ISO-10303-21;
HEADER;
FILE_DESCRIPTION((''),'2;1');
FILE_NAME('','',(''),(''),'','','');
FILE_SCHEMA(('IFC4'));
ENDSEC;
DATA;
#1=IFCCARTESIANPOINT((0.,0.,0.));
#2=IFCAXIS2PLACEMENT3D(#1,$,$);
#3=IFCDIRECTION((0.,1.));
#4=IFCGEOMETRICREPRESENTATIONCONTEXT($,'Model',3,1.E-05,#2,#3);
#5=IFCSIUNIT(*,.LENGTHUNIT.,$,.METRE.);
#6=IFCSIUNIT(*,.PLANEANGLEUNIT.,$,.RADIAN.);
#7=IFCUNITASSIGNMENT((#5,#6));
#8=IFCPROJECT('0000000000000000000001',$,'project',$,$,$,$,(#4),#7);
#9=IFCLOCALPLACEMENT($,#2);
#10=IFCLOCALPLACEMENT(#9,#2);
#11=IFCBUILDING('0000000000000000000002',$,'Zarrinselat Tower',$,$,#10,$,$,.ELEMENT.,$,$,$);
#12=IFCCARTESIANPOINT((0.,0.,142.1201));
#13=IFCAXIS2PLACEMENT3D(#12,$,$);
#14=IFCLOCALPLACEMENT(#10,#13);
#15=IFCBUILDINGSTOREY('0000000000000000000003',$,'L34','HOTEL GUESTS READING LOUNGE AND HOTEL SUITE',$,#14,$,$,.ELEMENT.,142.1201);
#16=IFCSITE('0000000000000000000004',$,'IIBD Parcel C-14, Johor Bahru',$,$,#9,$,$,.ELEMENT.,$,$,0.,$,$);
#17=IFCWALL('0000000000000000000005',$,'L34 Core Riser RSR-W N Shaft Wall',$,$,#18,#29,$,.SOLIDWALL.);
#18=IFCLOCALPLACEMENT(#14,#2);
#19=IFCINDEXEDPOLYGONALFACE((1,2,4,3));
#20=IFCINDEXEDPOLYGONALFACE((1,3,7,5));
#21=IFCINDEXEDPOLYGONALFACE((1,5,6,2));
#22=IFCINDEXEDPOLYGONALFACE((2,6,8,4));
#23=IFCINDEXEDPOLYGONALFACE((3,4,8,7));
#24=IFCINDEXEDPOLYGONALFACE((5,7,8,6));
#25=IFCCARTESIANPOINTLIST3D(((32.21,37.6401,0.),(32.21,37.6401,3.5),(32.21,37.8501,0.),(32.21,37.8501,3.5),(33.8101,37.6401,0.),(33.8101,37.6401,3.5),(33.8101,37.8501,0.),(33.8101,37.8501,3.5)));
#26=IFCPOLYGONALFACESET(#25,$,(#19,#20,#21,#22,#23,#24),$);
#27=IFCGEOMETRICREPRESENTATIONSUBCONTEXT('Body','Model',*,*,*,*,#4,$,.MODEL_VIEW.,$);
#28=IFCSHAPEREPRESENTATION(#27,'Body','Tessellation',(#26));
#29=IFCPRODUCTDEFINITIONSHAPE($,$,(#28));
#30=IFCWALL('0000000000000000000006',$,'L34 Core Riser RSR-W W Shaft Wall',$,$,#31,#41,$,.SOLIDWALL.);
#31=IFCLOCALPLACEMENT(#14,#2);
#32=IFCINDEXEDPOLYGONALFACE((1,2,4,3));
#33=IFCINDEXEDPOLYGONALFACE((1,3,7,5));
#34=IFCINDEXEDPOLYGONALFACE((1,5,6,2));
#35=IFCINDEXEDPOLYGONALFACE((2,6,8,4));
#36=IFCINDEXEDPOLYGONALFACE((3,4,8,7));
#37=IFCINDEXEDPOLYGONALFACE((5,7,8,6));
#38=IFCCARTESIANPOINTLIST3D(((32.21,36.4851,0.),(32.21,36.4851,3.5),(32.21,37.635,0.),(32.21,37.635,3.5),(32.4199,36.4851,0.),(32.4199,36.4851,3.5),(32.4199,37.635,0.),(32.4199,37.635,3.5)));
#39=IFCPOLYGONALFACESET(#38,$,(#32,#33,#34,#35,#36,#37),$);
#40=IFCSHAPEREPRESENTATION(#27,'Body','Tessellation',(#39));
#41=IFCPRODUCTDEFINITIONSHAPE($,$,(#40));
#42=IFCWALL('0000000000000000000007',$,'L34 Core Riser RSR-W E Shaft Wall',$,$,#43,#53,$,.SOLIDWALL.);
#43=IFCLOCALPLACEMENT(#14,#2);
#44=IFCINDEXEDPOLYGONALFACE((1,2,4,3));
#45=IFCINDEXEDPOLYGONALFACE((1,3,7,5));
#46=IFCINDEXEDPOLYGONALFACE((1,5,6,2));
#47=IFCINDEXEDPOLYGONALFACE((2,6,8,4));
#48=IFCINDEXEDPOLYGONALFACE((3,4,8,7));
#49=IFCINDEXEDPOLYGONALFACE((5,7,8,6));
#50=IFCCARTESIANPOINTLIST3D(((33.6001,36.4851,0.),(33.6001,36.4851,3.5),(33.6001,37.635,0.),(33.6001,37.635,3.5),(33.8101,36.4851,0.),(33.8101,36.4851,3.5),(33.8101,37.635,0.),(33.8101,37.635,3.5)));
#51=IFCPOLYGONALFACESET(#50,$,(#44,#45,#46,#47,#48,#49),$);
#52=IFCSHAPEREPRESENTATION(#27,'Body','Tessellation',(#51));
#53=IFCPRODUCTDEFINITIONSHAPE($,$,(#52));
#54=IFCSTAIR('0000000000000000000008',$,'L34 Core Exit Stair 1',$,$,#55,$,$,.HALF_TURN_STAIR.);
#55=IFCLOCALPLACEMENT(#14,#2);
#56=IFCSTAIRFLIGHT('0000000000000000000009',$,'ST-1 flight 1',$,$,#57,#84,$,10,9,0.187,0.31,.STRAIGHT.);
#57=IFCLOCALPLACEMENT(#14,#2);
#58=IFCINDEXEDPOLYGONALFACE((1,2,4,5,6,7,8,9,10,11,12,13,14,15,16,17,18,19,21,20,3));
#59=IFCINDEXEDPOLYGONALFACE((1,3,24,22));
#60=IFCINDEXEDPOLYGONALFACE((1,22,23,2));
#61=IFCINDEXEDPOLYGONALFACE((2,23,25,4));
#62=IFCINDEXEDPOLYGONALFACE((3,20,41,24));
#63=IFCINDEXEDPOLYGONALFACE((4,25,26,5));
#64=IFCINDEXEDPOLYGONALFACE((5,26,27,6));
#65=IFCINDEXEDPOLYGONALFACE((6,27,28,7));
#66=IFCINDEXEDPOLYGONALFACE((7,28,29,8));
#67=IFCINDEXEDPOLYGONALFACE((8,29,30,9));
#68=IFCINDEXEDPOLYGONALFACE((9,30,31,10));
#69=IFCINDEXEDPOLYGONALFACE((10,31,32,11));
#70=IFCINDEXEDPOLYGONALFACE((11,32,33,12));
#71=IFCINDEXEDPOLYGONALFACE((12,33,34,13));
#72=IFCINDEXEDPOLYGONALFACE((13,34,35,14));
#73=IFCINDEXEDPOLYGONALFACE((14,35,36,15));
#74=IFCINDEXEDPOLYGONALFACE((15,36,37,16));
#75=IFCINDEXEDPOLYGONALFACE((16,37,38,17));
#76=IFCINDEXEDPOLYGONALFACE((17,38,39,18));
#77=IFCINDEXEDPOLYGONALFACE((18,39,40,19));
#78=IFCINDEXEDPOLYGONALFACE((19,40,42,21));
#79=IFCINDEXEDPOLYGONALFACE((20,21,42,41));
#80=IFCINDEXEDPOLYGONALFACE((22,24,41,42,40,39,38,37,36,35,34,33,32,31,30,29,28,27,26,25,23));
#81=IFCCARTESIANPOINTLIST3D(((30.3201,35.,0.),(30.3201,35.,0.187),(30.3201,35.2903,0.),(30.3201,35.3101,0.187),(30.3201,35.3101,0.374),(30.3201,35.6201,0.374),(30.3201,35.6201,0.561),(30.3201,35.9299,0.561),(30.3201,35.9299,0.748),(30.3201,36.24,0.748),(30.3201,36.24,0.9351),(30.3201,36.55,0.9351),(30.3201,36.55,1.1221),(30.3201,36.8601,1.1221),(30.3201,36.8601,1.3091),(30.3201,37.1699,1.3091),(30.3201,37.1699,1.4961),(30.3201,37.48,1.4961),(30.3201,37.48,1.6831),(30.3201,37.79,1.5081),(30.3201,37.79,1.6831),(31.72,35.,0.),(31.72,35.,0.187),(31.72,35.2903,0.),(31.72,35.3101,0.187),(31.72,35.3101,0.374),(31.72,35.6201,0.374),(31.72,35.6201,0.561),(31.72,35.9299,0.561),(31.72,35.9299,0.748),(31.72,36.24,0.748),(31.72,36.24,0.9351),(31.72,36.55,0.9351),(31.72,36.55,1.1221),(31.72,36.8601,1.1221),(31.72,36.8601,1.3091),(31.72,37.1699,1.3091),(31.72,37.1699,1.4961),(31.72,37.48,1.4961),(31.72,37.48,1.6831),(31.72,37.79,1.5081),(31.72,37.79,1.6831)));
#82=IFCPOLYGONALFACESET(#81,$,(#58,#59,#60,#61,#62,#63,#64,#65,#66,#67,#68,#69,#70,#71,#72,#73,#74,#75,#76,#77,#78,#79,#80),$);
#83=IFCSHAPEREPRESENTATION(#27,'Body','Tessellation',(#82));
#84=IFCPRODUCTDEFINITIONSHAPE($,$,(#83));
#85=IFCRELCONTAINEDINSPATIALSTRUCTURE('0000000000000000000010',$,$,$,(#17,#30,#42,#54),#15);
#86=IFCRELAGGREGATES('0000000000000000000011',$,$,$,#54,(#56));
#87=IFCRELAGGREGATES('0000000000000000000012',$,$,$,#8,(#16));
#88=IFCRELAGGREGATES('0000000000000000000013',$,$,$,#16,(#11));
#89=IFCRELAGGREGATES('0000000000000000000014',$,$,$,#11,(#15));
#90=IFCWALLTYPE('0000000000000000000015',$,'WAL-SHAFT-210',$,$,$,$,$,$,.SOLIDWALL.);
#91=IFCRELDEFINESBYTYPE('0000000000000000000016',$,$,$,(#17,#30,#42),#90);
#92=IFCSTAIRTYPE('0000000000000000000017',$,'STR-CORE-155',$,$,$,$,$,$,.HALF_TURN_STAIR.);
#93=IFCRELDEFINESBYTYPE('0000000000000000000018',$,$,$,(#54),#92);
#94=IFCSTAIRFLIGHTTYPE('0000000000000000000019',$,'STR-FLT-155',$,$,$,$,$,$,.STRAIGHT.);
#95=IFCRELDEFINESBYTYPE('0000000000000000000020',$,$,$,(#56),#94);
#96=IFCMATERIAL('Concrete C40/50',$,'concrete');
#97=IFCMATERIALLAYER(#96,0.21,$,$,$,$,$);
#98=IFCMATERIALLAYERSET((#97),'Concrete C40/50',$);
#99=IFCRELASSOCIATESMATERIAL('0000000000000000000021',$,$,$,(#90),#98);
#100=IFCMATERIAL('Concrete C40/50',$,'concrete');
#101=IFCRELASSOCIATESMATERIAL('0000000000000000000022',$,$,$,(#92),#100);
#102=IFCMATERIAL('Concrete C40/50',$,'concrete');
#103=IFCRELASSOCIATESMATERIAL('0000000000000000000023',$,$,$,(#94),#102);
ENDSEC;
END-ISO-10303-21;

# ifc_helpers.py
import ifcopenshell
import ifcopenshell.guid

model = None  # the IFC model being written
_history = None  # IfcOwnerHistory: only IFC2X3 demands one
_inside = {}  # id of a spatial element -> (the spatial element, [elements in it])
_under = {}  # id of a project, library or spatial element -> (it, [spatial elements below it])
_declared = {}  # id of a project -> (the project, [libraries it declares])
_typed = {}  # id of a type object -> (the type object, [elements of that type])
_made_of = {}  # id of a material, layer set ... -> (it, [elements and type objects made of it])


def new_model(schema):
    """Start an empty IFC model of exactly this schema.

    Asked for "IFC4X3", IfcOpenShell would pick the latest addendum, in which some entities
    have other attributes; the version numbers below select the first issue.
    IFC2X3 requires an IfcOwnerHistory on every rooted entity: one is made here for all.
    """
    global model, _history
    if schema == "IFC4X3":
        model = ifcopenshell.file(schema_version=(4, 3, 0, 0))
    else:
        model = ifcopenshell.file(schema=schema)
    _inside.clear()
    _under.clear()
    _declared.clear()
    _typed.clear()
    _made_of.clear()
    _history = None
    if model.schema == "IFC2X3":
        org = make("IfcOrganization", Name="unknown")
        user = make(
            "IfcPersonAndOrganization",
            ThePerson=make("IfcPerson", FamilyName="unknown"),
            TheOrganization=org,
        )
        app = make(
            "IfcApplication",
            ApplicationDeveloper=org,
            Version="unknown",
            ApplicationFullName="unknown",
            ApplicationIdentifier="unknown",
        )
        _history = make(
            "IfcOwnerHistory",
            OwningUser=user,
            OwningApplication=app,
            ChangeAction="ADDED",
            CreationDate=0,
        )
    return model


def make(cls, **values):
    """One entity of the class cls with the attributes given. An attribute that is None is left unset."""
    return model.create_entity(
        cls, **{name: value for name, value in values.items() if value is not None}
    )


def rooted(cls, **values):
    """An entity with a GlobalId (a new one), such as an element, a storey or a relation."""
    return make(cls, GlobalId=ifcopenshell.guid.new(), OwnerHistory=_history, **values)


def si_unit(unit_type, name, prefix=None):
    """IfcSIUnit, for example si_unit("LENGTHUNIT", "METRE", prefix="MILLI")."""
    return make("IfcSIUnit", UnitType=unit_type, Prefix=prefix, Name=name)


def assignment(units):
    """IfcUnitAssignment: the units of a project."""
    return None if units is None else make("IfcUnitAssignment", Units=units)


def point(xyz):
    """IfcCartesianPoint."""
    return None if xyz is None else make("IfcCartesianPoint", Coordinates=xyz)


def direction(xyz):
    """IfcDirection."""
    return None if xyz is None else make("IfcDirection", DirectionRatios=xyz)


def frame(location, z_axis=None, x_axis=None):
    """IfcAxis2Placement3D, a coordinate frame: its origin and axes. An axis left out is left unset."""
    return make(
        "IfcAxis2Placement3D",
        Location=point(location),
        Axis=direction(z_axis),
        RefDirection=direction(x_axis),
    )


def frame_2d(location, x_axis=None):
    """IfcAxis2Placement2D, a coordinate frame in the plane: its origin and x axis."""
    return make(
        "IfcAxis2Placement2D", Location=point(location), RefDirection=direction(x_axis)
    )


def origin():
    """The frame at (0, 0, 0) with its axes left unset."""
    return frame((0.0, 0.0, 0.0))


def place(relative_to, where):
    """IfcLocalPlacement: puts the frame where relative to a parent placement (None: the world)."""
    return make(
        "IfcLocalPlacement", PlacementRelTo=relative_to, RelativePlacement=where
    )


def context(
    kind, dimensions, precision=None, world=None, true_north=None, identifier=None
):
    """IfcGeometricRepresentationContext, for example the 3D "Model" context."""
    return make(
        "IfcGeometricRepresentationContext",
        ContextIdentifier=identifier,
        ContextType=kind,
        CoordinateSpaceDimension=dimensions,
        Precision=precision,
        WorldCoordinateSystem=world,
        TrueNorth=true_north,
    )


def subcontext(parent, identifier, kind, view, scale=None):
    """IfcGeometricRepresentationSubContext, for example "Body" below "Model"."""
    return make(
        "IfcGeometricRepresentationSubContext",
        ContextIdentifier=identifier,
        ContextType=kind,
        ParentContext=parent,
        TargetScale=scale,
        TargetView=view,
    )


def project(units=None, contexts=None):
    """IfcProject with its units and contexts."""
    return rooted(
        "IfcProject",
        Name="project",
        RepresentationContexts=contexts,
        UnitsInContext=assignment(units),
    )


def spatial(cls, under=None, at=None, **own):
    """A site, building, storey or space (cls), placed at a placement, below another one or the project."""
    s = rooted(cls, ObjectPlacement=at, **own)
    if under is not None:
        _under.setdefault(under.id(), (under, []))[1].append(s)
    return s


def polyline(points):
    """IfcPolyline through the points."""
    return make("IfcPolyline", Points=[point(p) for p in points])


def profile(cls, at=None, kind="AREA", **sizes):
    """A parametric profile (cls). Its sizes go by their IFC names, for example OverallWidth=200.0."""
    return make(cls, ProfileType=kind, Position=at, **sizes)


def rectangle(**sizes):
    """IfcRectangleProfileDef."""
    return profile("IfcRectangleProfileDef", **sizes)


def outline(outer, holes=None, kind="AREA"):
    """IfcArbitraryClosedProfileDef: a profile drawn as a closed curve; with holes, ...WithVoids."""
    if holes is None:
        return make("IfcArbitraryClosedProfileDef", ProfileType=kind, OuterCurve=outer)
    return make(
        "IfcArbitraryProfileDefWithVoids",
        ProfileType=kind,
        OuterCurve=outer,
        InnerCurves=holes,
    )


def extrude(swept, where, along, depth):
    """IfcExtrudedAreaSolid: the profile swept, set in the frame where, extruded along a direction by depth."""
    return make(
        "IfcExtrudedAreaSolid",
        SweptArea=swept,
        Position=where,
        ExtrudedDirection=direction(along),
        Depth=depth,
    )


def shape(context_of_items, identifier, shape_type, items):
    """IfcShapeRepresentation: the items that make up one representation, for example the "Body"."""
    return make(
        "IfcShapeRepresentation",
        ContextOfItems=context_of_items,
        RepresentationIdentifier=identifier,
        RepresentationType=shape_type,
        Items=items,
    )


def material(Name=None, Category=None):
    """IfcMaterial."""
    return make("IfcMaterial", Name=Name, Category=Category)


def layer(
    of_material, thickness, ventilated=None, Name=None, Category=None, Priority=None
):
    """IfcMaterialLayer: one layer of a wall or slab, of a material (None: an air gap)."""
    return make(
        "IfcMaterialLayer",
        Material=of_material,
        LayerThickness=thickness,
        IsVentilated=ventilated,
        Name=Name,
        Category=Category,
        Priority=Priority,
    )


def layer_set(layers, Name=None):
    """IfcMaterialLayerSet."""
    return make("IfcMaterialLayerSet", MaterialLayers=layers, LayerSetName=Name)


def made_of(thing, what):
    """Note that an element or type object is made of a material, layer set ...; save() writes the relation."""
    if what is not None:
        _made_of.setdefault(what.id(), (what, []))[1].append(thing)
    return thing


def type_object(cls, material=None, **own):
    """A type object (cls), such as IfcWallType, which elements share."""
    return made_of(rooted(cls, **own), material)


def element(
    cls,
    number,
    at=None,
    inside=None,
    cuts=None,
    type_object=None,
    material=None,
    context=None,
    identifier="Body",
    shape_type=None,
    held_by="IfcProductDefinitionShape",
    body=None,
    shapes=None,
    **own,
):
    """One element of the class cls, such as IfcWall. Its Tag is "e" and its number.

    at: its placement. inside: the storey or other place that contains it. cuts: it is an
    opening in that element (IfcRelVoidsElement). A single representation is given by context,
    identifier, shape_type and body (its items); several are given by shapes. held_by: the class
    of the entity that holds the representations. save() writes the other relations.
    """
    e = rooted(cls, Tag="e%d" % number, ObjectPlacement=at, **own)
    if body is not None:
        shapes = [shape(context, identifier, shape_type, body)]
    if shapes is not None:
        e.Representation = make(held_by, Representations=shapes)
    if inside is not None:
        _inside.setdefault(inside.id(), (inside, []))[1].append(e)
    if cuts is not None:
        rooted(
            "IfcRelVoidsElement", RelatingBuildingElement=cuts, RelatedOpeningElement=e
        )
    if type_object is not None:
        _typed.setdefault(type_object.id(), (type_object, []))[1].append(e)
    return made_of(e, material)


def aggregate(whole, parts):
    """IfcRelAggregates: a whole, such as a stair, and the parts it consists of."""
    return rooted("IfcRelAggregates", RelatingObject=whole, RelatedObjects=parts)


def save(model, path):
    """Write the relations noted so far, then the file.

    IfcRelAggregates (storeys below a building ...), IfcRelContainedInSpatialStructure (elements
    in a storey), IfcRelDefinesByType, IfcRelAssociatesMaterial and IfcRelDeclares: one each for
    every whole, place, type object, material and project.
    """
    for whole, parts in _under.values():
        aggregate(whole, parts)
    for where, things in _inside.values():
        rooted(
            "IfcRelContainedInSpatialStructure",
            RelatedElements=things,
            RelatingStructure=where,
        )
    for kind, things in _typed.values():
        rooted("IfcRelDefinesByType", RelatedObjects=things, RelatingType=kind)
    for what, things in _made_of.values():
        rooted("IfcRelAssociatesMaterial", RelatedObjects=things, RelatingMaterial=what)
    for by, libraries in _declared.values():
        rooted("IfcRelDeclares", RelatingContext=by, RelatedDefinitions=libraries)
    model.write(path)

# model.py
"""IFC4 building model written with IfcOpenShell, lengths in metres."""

from ifc_helpers import new_model, si_unit, direction, frame, frame_2d, origin, place, context, subcontext, project, spatial, polyline, rectangle, outline, extrude, material, layer, layer_set, type_object, element, aggregate, save


model = new_model("IFC4")

# Units and contexts
model_context = context("Model", 3, precision=1e-05, world=origin(), true_north=direction((0.0, 1.0)))
body_context = subcontext(model_context, "Body", "Model", "MODEL_VIEW")
ifc_project = project(units=[si_unit("LENGTHUNIT", "METRE"), si_unit("PLANEANGLEUNIT", "RADIAN")], contexts=[model_context])

# Site, building, storey
site_placement = place(None, origin())
site = spatial("IfcSite", under=ifc_project, at=site_placement, Name="IIBD Parcel C-14, Johor Bahru", CompositionType="ELEMENT", RefElevation=0.0)
building_placement = place(site_placement, origin())
building = spatial("IfcBuilding", under=site, at=building_placement, Name="Zarrinselat Tower", CompositionType="ELEMENT")
storey_placement = place(building_placement, frame((0.0, 0.0, 142.1201)))
storey = spatial("IfcBuildingStorey", under=building, at=storey_placement, Name="L34", Description="HOTEL GUESTS READING LOUNGE AND HOTEL SUITE", CompositionType="ELEMENT", Elevation=142.1201)

# Shared definitions
ifc_material_1 = material(Name="Concrete C40/50", Category="concrete")
ifc_layer_1 = layer(ifc_material_1, 0.21)
ifc_layer_set_1 = layer_set([ifc_layer_1], Name="Concrete C40/50")
wall_type_1 = type_object("IfcWallType", Name="WAL-SHAFT-210", PredefinedType="SOLIDWALL", material=ifc_layer_set_1)

# Walls
for number, where, z_axis, x_axis, name in (
    (1, (32.21, 37.7451, 0.0), (0.0, 0.0, 1.0), (1.0, 0.0, 0.0), "L34 Core Riser RSR-W N Shaft Wall"),
):
    element("IfcWall", number, at=place(storey_placement, frame(where, z_axis=z_axis, x_axis=x_axis)), inside=storey, type_object=wall_type_1, Name=name, PredefinedType="SOLIDWALL", context=body_context, shape_type="SweptSolid", body=[
        extrude(rectangle(XDim=1.6001, YDim=0.21, at=frame_2d((0.8, 0.0))), origin(), (0.0, 0.0, 1.0), 3.5),
    ])
for number, where, z_axis, x_axis, name in (
    (2, (32.3149, 36.4851, 0.0), (0.0, 0.0, 1.0), (0.0, 1.0, 0.0), "L34 Core Riser RSR-W W Shaft Wall"),
    (3, (33.7051, 36.4851, 0.0), (0.0, 0.0, 1.0), (0.0, 1.0, 0.0), "L34 Core Riser RSR-W E Shaft Wall"),
):
    element("IfcWall", number, at=place(storey_placement, frame(where, z_axis=z_axis, x_axis=x_axis)), inside=storey, type_object=wall_type_1, Name=name, PredefinedType="SOLIDWALL", context=body_context, shape_type="SweptSolid", body=[
        extrude(rectangle(XDim=1.1499, YDim=0.21, at=frame_2d((0.575, 0.0))), origin(), (0.0, 0.0, 1.0), 3.5),
    ])

# Stair, stair flight
ifc_material_2 = material(Name="Concrete C40/50", Category="concrete")
stair_type = type_object("IfcStairType", Name="STR-CORE-155", PredefinedType="HALF_TURN_STAIR", material=ifc_material_2)
stair_placement = place(storey_placement, origin())
stair = element("IfcStair", 4, at=stair_placement, inside=storey, type_object=stair_type, Name="L34 Core Exit Stair 1", PredefinedType="HALF_TURN_STAIR")
ifc_material_3 = material(Name="Concrete C40/50", Category="concrete")
stair_flight_type = type_object("IfcStairFlightType", Name="STR-FLT-155", PredefinedType="STRAIGHT", material=ifc_material_3)
stair_flight_placement = place(storey_placement, frame((31.02, 35.0, 0.0), z_axis=(0.0, 0.0, 1.0), x_axis=(0.0, 1.0, 0.0)))
stair_flight = element("IfcStairFlight", 5, at=stair_flight_placement, type_object=stair_flight_type, Name="ST-1 flight 1", NumberOfRisers=10, NumberOfTreads=9, PredefinedType="STRAIGHT", RiserHeight=0.187, TreadLength=0.31, context=body_context, shape_type="SweptSolid", body=[
    extrude(outline(polyline([(0.0, 0.0), (0.0, 0.187), (0.3101, 0.187), (0.3101, 0.374), (0.6201, 0.374), (0.6201, 0.561), (0.9299, 0.561), (0.9299, 0.748), (1.24, 0.748), (1.24, 0.9351), (1.55, 0.9351), (1.55, 1.1221), (1.8601, 1.1221), (1.8601, 1.3091), (2.1699, 1.3091), (2.1699, 1.4961), (2.48, 1.4961), (2.48, 1.6831), (2.79, 1.6831), (2.79, 1.8701), (2.79, 1.5081), (0.2903, 0.0), (0.0, 0.0)])), frame((0.0, 0.7, 0.0), z_axis=(0.0, -1.0, 0.0), x_axis=(1.0, 0.0, 0.0)), (0.0, 0.0, 1.0), 1.3999),
])
aggregate(stair, [stair_flight])

save(model, "model.ifc")
